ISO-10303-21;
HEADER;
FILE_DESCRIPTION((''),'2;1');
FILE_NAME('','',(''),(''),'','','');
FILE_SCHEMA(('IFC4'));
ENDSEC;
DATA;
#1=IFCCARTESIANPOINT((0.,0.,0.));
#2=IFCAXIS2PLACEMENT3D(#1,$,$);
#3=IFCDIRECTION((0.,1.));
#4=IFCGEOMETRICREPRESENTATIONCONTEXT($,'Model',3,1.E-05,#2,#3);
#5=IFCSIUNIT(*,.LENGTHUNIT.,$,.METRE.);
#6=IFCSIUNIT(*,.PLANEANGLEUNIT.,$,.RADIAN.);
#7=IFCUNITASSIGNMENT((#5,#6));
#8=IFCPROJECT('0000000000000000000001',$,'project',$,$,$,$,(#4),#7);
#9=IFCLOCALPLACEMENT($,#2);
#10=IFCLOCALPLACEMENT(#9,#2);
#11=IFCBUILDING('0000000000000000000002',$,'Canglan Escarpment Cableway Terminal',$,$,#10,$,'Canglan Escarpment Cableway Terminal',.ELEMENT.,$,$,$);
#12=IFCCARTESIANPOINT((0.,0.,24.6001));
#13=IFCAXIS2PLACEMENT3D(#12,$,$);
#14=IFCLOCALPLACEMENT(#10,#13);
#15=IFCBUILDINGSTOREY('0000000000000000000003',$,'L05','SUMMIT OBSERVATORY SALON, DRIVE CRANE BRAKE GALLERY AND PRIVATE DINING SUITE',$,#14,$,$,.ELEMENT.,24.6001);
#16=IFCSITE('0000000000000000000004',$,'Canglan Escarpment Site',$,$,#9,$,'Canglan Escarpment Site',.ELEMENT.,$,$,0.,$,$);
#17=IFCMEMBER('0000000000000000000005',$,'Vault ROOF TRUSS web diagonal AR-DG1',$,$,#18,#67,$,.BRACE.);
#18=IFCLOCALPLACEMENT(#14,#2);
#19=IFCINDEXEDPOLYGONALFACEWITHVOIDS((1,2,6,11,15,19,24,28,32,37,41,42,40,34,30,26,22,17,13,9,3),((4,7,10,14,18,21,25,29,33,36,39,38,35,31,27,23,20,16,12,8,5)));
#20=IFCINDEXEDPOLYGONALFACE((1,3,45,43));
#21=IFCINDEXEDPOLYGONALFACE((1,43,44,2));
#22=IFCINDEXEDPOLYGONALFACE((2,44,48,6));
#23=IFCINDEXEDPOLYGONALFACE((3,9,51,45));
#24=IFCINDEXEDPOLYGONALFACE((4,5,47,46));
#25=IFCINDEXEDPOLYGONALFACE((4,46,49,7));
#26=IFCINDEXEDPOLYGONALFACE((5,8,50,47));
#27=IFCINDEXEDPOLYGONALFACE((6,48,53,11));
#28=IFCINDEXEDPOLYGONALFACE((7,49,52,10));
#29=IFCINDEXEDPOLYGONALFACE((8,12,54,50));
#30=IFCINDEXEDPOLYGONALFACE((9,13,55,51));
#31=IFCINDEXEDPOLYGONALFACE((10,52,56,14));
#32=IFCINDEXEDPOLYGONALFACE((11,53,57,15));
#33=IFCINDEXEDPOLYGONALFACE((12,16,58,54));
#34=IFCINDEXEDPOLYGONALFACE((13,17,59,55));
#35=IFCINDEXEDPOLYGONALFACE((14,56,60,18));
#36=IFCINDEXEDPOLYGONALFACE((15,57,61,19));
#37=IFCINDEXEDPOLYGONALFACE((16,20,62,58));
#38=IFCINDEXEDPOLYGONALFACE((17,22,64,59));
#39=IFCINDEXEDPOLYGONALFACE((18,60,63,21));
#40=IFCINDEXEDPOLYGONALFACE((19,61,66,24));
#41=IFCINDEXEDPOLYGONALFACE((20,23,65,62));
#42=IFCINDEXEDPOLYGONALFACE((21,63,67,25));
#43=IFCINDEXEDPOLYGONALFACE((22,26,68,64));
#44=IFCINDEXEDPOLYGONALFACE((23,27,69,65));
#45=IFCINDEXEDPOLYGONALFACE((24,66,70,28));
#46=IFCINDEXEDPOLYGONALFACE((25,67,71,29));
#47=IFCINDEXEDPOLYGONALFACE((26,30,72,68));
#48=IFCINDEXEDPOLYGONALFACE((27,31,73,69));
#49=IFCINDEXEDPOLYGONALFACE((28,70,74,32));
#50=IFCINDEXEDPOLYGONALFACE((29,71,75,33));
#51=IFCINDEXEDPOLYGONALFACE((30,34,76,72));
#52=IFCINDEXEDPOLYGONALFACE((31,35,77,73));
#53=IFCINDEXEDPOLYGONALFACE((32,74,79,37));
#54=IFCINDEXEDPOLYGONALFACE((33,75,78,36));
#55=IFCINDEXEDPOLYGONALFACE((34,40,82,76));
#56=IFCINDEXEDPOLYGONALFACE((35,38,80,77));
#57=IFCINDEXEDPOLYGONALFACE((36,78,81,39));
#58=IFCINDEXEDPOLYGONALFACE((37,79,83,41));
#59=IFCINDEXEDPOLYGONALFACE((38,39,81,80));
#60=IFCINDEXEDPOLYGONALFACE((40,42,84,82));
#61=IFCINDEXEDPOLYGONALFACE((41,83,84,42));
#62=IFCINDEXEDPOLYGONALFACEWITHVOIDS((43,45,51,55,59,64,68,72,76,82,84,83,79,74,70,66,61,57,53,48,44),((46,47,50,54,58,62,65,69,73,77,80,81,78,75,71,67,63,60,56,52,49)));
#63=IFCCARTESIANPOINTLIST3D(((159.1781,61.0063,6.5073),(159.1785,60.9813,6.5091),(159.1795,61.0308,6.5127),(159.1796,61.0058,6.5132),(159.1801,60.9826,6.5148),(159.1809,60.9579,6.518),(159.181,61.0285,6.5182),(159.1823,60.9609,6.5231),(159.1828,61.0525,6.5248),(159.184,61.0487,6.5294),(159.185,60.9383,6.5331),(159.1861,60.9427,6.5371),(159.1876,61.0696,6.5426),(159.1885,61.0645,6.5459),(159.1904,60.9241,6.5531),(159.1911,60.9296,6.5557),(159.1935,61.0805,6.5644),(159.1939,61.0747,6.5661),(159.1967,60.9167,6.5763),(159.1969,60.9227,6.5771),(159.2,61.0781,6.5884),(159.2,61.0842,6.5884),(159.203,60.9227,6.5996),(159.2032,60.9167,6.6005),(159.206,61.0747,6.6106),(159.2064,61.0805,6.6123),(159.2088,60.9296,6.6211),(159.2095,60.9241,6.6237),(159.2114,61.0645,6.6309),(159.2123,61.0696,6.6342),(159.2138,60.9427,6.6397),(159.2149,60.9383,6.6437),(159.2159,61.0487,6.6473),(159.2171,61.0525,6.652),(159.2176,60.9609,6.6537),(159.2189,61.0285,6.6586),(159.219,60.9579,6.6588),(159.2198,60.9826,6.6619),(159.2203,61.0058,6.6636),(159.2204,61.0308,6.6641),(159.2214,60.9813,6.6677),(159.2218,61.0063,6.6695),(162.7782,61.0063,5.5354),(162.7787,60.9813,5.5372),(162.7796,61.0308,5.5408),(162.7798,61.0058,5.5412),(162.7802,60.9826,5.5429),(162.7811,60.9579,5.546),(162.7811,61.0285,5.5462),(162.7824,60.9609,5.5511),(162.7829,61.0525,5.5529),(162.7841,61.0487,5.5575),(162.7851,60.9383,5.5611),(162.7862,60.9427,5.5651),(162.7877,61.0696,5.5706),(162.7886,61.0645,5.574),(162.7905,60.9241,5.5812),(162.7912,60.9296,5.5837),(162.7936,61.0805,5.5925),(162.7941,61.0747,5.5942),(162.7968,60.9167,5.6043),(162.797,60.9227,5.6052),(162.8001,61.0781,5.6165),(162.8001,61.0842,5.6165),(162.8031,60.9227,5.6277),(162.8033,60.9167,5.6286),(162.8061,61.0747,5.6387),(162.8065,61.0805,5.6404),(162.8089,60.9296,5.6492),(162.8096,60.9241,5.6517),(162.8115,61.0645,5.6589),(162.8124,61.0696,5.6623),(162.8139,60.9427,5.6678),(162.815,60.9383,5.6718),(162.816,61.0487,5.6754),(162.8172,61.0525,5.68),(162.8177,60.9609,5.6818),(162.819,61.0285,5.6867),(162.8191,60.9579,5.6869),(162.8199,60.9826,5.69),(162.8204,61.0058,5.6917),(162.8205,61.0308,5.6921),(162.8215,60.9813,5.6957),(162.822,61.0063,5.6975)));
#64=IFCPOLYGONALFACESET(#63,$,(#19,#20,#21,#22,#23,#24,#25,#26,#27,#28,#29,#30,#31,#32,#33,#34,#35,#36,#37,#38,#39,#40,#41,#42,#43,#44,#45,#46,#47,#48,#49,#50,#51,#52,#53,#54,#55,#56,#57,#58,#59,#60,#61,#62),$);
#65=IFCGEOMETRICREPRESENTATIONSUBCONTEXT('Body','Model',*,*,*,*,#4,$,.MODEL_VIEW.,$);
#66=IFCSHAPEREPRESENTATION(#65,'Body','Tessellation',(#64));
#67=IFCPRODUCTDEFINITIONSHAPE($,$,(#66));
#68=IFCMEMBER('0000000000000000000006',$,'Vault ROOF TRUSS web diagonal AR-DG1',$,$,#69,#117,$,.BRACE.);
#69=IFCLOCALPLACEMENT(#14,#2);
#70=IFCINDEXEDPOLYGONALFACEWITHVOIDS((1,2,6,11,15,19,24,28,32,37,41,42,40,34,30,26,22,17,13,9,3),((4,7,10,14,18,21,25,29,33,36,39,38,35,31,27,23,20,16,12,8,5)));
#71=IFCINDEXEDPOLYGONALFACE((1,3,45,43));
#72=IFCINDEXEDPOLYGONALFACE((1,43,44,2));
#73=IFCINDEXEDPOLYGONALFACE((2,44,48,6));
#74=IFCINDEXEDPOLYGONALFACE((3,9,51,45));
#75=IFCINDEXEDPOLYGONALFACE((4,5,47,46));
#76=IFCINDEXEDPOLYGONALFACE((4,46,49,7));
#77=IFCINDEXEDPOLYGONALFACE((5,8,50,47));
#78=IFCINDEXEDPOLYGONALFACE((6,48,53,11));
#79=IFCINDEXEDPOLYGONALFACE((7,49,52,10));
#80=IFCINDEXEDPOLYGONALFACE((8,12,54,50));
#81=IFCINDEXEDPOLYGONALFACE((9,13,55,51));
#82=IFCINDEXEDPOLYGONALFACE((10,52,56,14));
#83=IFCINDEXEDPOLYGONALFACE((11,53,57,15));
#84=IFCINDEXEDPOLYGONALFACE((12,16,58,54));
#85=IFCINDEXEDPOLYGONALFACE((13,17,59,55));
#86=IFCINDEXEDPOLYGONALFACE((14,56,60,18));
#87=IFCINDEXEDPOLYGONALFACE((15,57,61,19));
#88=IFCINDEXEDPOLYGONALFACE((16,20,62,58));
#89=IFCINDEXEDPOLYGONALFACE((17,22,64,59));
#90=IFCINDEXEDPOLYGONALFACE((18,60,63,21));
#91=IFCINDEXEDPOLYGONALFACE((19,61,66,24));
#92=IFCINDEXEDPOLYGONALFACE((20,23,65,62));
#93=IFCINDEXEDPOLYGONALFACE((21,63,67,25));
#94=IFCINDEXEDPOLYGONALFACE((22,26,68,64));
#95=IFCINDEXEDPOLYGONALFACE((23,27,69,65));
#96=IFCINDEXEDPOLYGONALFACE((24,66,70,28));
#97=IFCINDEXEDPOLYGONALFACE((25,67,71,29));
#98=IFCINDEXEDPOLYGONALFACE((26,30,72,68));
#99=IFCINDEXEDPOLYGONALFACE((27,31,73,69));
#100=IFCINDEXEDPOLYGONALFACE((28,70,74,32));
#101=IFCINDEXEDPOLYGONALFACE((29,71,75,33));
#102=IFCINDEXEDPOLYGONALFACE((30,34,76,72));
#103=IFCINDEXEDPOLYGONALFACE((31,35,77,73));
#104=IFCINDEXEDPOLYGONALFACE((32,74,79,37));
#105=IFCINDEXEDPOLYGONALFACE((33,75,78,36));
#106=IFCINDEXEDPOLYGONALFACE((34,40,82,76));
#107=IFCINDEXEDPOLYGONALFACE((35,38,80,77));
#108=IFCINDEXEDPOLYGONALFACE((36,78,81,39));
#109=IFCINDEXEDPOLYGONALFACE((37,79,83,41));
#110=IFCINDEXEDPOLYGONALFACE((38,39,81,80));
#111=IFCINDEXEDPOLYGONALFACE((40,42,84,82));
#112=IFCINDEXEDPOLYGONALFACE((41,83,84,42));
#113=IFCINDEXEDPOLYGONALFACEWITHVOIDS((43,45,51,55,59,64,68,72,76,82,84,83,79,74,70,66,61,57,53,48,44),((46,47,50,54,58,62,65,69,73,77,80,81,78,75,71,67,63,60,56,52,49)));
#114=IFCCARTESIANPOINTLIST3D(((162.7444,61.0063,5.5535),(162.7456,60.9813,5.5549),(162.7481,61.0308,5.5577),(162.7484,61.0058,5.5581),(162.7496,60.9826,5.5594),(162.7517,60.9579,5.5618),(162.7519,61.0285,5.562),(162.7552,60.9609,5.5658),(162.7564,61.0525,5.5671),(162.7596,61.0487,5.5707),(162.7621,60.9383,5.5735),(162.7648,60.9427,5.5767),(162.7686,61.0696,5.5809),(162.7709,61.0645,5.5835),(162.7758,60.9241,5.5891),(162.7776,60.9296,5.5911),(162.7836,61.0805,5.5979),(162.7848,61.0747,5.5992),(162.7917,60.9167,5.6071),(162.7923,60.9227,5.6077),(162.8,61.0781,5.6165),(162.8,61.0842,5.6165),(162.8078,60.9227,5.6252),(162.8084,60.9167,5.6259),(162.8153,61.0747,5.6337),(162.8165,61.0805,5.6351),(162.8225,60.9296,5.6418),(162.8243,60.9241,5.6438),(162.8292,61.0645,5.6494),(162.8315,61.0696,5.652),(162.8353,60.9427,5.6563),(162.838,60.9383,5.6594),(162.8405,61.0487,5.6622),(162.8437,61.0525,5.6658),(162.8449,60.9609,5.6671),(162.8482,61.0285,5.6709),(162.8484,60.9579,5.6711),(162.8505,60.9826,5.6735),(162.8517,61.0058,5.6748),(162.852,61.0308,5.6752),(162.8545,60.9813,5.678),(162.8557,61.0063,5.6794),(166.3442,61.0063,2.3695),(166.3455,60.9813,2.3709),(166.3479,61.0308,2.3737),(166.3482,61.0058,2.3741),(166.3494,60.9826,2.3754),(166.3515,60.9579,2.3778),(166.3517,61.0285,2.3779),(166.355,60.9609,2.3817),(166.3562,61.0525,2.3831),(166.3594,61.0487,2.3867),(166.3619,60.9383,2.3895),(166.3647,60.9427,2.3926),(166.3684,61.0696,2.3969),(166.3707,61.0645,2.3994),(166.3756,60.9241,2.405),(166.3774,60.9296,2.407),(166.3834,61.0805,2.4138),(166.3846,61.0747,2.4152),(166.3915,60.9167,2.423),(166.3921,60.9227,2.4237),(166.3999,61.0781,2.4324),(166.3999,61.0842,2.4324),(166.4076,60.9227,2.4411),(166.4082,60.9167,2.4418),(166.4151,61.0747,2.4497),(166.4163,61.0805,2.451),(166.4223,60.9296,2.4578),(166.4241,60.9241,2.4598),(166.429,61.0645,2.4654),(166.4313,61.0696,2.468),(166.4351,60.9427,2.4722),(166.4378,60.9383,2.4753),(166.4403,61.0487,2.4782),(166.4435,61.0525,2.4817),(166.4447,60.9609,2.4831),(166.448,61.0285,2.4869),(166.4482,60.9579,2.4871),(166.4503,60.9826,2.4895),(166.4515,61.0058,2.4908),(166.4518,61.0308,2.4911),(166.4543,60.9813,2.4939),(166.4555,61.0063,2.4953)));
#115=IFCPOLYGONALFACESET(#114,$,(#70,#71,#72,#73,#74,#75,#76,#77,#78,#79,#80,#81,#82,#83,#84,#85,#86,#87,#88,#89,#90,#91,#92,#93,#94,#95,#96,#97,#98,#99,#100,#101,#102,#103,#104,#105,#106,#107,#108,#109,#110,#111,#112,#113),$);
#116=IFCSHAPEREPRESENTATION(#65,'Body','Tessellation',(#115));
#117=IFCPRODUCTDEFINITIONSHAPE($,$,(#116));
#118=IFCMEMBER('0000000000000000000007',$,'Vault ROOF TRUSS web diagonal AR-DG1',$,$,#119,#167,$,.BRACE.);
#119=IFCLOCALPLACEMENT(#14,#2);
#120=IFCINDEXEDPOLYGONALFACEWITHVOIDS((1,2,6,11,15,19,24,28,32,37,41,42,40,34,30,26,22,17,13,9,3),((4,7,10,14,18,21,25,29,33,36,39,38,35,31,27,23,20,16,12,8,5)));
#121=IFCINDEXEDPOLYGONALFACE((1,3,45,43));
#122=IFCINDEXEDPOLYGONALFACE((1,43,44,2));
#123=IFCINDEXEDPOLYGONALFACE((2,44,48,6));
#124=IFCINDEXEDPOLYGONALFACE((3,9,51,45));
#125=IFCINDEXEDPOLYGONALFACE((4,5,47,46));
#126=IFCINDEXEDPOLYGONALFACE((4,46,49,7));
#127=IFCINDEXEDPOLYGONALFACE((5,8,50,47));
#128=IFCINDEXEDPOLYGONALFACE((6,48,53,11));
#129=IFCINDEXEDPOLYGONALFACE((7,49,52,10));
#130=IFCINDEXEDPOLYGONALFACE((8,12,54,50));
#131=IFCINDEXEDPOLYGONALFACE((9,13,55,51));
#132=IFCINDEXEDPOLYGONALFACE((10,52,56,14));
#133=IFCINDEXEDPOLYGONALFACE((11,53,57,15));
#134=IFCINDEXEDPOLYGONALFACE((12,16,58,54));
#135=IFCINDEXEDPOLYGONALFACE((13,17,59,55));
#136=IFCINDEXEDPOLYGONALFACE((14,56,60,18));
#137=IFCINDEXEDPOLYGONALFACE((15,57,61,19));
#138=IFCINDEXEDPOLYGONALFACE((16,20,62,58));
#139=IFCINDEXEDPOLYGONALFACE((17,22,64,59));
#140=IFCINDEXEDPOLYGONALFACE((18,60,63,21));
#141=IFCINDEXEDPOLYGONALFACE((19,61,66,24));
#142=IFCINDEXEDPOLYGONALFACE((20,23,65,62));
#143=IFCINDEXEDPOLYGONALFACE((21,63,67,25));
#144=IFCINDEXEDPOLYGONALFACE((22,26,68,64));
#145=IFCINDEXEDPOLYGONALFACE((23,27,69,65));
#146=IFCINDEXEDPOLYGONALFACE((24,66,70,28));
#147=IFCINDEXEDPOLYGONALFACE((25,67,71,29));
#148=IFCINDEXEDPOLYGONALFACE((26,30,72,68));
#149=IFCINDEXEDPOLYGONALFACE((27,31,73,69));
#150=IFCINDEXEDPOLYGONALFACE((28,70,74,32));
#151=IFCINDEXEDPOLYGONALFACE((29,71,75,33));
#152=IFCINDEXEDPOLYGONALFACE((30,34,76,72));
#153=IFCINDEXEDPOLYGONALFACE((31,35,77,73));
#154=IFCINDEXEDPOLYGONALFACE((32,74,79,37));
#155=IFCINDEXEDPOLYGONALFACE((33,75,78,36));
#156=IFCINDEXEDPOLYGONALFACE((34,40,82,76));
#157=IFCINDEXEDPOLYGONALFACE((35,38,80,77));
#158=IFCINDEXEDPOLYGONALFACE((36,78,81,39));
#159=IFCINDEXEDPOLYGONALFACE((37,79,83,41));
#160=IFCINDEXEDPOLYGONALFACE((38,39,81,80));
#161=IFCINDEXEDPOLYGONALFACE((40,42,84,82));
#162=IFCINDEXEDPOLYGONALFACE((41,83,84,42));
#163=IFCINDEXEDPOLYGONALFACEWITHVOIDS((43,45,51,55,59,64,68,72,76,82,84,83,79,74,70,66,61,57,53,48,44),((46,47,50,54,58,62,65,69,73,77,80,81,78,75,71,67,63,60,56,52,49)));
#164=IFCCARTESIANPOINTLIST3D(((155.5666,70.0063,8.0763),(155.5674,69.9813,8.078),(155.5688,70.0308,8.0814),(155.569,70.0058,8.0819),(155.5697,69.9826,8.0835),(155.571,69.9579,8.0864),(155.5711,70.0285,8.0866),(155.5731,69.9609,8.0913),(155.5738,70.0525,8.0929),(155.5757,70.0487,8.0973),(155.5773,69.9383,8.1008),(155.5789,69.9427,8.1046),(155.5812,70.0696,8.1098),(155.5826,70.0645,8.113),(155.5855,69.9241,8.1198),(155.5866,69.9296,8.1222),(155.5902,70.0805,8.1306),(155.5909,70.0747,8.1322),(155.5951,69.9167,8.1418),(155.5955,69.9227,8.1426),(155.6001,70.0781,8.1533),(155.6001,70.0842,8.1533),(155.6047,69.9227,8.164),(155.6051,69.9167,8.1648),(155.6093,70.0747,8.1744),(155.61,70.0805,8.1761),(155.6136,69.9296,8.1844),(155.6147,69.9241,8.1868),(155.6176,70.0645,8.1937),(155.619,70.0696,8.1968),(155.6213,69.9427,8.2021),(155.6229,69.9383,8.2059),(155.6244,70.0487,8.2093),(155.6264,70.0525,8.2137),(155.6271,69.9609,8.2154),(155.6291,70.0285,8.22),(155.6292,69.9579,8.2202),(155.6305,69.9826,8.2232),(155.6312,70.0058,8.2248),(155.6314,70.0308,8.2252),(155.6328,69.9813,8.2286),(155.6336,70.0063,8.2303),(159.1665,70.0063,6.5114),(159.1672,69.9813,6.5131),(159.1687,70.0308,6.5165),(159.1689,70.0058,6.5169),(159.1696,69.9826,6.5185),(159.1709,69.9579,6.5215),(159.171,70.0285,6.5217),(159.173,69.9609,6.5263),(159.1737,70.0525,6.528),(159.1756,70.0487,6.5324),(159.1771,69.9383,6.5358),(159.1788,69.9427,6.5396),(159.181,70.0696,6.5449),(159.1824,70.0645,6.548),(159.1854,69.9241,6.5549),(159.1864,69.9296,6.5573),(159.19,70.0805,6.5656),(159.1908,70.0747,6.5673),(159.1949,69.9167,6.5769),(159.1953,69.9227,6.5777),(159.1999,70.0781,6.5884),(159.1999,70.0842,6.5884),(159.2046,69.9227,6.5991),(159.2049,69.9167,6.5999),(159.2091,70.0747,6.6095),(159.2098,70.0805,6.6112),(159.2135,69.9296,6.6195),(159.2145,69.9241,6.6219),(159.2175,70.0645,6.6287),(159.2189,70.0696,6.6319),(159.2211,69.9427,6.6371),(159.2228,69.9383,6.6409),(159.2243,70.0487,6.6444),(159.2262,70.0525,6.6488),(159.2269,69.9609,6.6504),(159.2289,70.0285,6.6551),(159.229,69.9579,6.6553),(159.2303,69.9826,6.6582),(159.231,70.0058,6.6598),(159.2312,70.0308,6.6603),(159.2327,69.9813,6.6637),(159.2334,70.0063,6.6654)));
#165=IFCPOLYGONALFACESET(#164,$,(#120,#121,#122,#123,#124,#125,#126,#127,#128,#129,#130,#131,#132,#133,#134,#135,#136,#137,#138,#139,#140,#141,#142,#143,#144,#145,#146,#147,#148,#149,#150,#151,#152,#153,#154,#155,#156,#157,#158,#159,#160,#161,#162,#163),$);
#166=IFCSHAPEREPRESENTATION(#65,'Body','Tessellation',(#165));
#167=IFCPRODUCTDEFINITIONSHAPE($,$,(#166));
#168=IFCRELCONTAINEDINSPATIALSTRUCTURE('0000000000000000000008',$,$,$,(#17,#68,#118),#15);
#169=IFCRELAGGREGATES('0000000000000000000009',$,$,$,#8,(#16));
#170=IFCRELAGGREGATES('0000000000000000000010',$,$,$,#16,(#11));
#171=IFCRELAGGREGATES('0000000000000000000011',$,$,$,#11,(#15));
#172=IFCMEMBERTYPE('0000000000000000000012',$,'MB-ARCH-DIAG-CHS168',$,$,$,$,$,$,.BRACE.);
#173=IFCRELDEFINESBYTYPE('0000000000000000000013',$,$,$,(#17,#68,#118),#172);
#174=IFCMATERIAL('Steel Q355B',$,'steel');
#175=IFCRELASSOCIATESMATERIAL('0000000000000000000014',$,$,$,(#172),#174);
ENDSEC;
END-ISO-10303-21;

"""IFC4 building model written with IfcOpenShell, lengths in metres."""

from ifc_helpers import new_model, si_unit, direction, frame, origin, origin_2d, place, context, subcontext, project, spatial, hollow_circle, extrude, material, material_profile, profile_set, type_object, element, save


model = new_model("IFC4")

# Units and contexts
model_context = context("Model", 3, precision=1e-05, world=origin(), true_north=direction((0.0, 1.0)))
body_context = subcontext(model_context, "Body", "Model", "MODEL_VIEW")
ifc_project = project(units=[si_unit("LENGTHUNIT", "METRE"), si_unit("PLANEANGLEUNIT", "RADIAN")], contexts=[model_context])

# Site, building, storey
site_placement = place(None, origin())
site = spatial("IfcSite", under=ifc_project, at=site_placement, Name="Canglan Escarpment Site", LongName="Canglan Escarpment Site", CompositionType="ELEMENT", RefElevation=0.0)
building_placement = place(site_placement, origin())
building = spatial("IfcBuilding", under=site, at=building_placement, Name="Canglan Escarpment Cableway Terminal", LongName="Canglan Escarpment Cableway Terminal", CompositionType="ELEMENT")
storey_placement = place(building_placement, frame((0.0, 0.0, 24.6001)))
storey = spatial("IfcBuildingStorey", under=building, at=storey_placement, Name="L05", Description="SUMMIT OBSERVATORY SALON, DRIVE CRANE BRAKE GALLERY AND PRIVATE DINING SUITE", CompositionType="ELEMENT", Elevation=24.6001)

# Shared definitions
ifc_material = material(Name="Steel Q355B", Category="steel")

# Members
ifc_material_profile_1 = material_profile(ifc_material, hollow_circle(Radius=0.0842, WallThickness=0.0061, at=origin_2d()), Name="CHS 168.3x6")
ifc_profile_set_1 = profile_set([ifc_material_profile_1], Name="Steel Q355B")
member_type_1 = type_object("IfcMemberType", Name="MB-ARCH-DIAG-CHS168", PredefinedType="BRACE", material=ifc_profile_set_1)
member_1_placement = place(storey_placement, frame((159.2, 61.0, 6.5884), z_axis=(0.965436, 0.0, -0.26064), x_axis=(0.0, 1.0, 0.0)))
element("IfcMember", 1, at=member_1_placement, inside=storey, type_object=member_type_1, Name="Vault ROOF TRUSS web diagonal AR-DG1", PredefinedType="BRACE", context=body_context, shape_type="SweptSolid", body=[
    extrude(hollow_circle(Radius=0.0842, WallThickness=0.0061, at=origin_2d()), origin(), (0.0, 0.0, 1.0), 3.729),
])
member_2_placement = place(storey_placement, frame((162.8, 61.0, 5.6165), z_axis=(0.749038, 0.0, -0.662527), x_axis=(0.0, 1.0, 0.0)))
element("IfcMember", 2, at=member_2_placement, inside=storey, type_object=member_type_1, Name="Vault ROOF TRUSS web diagonal AR-DG1", PredefinedType="BRACE", context=body_context, shape_type="SweptSolid", body=[
    extrude(hollow_circle(Radius=0.0842, WallThickness=0.0061, at=origin_2d()), origin(), (0.0, 0.0, 1.0), 4.8059),
])
member_3_placement = place(storey_placement, frame((155.6001, 70.0, 8.1533), z_axis=(0.91709, 0.0, -0.398681), x_axis=(0.0, 1.0, 0.0)))
element("IfcMember", 3, at=member_3_placement, inside=storey, type_object=member_type_1, Name="Vault ROOF TRUSS web diagonal AR-DG1", PredefinedType="BRACE", context=body_context, shape_type="SweptSolid", body=[
    extrude(hollow_circle(Radius=0.0842, WallThickness=0.0061, at=origin_2d()), origin(), (0.0, 0.0, 1.0), 3.9253),
])

save(model, "model.ifc")
